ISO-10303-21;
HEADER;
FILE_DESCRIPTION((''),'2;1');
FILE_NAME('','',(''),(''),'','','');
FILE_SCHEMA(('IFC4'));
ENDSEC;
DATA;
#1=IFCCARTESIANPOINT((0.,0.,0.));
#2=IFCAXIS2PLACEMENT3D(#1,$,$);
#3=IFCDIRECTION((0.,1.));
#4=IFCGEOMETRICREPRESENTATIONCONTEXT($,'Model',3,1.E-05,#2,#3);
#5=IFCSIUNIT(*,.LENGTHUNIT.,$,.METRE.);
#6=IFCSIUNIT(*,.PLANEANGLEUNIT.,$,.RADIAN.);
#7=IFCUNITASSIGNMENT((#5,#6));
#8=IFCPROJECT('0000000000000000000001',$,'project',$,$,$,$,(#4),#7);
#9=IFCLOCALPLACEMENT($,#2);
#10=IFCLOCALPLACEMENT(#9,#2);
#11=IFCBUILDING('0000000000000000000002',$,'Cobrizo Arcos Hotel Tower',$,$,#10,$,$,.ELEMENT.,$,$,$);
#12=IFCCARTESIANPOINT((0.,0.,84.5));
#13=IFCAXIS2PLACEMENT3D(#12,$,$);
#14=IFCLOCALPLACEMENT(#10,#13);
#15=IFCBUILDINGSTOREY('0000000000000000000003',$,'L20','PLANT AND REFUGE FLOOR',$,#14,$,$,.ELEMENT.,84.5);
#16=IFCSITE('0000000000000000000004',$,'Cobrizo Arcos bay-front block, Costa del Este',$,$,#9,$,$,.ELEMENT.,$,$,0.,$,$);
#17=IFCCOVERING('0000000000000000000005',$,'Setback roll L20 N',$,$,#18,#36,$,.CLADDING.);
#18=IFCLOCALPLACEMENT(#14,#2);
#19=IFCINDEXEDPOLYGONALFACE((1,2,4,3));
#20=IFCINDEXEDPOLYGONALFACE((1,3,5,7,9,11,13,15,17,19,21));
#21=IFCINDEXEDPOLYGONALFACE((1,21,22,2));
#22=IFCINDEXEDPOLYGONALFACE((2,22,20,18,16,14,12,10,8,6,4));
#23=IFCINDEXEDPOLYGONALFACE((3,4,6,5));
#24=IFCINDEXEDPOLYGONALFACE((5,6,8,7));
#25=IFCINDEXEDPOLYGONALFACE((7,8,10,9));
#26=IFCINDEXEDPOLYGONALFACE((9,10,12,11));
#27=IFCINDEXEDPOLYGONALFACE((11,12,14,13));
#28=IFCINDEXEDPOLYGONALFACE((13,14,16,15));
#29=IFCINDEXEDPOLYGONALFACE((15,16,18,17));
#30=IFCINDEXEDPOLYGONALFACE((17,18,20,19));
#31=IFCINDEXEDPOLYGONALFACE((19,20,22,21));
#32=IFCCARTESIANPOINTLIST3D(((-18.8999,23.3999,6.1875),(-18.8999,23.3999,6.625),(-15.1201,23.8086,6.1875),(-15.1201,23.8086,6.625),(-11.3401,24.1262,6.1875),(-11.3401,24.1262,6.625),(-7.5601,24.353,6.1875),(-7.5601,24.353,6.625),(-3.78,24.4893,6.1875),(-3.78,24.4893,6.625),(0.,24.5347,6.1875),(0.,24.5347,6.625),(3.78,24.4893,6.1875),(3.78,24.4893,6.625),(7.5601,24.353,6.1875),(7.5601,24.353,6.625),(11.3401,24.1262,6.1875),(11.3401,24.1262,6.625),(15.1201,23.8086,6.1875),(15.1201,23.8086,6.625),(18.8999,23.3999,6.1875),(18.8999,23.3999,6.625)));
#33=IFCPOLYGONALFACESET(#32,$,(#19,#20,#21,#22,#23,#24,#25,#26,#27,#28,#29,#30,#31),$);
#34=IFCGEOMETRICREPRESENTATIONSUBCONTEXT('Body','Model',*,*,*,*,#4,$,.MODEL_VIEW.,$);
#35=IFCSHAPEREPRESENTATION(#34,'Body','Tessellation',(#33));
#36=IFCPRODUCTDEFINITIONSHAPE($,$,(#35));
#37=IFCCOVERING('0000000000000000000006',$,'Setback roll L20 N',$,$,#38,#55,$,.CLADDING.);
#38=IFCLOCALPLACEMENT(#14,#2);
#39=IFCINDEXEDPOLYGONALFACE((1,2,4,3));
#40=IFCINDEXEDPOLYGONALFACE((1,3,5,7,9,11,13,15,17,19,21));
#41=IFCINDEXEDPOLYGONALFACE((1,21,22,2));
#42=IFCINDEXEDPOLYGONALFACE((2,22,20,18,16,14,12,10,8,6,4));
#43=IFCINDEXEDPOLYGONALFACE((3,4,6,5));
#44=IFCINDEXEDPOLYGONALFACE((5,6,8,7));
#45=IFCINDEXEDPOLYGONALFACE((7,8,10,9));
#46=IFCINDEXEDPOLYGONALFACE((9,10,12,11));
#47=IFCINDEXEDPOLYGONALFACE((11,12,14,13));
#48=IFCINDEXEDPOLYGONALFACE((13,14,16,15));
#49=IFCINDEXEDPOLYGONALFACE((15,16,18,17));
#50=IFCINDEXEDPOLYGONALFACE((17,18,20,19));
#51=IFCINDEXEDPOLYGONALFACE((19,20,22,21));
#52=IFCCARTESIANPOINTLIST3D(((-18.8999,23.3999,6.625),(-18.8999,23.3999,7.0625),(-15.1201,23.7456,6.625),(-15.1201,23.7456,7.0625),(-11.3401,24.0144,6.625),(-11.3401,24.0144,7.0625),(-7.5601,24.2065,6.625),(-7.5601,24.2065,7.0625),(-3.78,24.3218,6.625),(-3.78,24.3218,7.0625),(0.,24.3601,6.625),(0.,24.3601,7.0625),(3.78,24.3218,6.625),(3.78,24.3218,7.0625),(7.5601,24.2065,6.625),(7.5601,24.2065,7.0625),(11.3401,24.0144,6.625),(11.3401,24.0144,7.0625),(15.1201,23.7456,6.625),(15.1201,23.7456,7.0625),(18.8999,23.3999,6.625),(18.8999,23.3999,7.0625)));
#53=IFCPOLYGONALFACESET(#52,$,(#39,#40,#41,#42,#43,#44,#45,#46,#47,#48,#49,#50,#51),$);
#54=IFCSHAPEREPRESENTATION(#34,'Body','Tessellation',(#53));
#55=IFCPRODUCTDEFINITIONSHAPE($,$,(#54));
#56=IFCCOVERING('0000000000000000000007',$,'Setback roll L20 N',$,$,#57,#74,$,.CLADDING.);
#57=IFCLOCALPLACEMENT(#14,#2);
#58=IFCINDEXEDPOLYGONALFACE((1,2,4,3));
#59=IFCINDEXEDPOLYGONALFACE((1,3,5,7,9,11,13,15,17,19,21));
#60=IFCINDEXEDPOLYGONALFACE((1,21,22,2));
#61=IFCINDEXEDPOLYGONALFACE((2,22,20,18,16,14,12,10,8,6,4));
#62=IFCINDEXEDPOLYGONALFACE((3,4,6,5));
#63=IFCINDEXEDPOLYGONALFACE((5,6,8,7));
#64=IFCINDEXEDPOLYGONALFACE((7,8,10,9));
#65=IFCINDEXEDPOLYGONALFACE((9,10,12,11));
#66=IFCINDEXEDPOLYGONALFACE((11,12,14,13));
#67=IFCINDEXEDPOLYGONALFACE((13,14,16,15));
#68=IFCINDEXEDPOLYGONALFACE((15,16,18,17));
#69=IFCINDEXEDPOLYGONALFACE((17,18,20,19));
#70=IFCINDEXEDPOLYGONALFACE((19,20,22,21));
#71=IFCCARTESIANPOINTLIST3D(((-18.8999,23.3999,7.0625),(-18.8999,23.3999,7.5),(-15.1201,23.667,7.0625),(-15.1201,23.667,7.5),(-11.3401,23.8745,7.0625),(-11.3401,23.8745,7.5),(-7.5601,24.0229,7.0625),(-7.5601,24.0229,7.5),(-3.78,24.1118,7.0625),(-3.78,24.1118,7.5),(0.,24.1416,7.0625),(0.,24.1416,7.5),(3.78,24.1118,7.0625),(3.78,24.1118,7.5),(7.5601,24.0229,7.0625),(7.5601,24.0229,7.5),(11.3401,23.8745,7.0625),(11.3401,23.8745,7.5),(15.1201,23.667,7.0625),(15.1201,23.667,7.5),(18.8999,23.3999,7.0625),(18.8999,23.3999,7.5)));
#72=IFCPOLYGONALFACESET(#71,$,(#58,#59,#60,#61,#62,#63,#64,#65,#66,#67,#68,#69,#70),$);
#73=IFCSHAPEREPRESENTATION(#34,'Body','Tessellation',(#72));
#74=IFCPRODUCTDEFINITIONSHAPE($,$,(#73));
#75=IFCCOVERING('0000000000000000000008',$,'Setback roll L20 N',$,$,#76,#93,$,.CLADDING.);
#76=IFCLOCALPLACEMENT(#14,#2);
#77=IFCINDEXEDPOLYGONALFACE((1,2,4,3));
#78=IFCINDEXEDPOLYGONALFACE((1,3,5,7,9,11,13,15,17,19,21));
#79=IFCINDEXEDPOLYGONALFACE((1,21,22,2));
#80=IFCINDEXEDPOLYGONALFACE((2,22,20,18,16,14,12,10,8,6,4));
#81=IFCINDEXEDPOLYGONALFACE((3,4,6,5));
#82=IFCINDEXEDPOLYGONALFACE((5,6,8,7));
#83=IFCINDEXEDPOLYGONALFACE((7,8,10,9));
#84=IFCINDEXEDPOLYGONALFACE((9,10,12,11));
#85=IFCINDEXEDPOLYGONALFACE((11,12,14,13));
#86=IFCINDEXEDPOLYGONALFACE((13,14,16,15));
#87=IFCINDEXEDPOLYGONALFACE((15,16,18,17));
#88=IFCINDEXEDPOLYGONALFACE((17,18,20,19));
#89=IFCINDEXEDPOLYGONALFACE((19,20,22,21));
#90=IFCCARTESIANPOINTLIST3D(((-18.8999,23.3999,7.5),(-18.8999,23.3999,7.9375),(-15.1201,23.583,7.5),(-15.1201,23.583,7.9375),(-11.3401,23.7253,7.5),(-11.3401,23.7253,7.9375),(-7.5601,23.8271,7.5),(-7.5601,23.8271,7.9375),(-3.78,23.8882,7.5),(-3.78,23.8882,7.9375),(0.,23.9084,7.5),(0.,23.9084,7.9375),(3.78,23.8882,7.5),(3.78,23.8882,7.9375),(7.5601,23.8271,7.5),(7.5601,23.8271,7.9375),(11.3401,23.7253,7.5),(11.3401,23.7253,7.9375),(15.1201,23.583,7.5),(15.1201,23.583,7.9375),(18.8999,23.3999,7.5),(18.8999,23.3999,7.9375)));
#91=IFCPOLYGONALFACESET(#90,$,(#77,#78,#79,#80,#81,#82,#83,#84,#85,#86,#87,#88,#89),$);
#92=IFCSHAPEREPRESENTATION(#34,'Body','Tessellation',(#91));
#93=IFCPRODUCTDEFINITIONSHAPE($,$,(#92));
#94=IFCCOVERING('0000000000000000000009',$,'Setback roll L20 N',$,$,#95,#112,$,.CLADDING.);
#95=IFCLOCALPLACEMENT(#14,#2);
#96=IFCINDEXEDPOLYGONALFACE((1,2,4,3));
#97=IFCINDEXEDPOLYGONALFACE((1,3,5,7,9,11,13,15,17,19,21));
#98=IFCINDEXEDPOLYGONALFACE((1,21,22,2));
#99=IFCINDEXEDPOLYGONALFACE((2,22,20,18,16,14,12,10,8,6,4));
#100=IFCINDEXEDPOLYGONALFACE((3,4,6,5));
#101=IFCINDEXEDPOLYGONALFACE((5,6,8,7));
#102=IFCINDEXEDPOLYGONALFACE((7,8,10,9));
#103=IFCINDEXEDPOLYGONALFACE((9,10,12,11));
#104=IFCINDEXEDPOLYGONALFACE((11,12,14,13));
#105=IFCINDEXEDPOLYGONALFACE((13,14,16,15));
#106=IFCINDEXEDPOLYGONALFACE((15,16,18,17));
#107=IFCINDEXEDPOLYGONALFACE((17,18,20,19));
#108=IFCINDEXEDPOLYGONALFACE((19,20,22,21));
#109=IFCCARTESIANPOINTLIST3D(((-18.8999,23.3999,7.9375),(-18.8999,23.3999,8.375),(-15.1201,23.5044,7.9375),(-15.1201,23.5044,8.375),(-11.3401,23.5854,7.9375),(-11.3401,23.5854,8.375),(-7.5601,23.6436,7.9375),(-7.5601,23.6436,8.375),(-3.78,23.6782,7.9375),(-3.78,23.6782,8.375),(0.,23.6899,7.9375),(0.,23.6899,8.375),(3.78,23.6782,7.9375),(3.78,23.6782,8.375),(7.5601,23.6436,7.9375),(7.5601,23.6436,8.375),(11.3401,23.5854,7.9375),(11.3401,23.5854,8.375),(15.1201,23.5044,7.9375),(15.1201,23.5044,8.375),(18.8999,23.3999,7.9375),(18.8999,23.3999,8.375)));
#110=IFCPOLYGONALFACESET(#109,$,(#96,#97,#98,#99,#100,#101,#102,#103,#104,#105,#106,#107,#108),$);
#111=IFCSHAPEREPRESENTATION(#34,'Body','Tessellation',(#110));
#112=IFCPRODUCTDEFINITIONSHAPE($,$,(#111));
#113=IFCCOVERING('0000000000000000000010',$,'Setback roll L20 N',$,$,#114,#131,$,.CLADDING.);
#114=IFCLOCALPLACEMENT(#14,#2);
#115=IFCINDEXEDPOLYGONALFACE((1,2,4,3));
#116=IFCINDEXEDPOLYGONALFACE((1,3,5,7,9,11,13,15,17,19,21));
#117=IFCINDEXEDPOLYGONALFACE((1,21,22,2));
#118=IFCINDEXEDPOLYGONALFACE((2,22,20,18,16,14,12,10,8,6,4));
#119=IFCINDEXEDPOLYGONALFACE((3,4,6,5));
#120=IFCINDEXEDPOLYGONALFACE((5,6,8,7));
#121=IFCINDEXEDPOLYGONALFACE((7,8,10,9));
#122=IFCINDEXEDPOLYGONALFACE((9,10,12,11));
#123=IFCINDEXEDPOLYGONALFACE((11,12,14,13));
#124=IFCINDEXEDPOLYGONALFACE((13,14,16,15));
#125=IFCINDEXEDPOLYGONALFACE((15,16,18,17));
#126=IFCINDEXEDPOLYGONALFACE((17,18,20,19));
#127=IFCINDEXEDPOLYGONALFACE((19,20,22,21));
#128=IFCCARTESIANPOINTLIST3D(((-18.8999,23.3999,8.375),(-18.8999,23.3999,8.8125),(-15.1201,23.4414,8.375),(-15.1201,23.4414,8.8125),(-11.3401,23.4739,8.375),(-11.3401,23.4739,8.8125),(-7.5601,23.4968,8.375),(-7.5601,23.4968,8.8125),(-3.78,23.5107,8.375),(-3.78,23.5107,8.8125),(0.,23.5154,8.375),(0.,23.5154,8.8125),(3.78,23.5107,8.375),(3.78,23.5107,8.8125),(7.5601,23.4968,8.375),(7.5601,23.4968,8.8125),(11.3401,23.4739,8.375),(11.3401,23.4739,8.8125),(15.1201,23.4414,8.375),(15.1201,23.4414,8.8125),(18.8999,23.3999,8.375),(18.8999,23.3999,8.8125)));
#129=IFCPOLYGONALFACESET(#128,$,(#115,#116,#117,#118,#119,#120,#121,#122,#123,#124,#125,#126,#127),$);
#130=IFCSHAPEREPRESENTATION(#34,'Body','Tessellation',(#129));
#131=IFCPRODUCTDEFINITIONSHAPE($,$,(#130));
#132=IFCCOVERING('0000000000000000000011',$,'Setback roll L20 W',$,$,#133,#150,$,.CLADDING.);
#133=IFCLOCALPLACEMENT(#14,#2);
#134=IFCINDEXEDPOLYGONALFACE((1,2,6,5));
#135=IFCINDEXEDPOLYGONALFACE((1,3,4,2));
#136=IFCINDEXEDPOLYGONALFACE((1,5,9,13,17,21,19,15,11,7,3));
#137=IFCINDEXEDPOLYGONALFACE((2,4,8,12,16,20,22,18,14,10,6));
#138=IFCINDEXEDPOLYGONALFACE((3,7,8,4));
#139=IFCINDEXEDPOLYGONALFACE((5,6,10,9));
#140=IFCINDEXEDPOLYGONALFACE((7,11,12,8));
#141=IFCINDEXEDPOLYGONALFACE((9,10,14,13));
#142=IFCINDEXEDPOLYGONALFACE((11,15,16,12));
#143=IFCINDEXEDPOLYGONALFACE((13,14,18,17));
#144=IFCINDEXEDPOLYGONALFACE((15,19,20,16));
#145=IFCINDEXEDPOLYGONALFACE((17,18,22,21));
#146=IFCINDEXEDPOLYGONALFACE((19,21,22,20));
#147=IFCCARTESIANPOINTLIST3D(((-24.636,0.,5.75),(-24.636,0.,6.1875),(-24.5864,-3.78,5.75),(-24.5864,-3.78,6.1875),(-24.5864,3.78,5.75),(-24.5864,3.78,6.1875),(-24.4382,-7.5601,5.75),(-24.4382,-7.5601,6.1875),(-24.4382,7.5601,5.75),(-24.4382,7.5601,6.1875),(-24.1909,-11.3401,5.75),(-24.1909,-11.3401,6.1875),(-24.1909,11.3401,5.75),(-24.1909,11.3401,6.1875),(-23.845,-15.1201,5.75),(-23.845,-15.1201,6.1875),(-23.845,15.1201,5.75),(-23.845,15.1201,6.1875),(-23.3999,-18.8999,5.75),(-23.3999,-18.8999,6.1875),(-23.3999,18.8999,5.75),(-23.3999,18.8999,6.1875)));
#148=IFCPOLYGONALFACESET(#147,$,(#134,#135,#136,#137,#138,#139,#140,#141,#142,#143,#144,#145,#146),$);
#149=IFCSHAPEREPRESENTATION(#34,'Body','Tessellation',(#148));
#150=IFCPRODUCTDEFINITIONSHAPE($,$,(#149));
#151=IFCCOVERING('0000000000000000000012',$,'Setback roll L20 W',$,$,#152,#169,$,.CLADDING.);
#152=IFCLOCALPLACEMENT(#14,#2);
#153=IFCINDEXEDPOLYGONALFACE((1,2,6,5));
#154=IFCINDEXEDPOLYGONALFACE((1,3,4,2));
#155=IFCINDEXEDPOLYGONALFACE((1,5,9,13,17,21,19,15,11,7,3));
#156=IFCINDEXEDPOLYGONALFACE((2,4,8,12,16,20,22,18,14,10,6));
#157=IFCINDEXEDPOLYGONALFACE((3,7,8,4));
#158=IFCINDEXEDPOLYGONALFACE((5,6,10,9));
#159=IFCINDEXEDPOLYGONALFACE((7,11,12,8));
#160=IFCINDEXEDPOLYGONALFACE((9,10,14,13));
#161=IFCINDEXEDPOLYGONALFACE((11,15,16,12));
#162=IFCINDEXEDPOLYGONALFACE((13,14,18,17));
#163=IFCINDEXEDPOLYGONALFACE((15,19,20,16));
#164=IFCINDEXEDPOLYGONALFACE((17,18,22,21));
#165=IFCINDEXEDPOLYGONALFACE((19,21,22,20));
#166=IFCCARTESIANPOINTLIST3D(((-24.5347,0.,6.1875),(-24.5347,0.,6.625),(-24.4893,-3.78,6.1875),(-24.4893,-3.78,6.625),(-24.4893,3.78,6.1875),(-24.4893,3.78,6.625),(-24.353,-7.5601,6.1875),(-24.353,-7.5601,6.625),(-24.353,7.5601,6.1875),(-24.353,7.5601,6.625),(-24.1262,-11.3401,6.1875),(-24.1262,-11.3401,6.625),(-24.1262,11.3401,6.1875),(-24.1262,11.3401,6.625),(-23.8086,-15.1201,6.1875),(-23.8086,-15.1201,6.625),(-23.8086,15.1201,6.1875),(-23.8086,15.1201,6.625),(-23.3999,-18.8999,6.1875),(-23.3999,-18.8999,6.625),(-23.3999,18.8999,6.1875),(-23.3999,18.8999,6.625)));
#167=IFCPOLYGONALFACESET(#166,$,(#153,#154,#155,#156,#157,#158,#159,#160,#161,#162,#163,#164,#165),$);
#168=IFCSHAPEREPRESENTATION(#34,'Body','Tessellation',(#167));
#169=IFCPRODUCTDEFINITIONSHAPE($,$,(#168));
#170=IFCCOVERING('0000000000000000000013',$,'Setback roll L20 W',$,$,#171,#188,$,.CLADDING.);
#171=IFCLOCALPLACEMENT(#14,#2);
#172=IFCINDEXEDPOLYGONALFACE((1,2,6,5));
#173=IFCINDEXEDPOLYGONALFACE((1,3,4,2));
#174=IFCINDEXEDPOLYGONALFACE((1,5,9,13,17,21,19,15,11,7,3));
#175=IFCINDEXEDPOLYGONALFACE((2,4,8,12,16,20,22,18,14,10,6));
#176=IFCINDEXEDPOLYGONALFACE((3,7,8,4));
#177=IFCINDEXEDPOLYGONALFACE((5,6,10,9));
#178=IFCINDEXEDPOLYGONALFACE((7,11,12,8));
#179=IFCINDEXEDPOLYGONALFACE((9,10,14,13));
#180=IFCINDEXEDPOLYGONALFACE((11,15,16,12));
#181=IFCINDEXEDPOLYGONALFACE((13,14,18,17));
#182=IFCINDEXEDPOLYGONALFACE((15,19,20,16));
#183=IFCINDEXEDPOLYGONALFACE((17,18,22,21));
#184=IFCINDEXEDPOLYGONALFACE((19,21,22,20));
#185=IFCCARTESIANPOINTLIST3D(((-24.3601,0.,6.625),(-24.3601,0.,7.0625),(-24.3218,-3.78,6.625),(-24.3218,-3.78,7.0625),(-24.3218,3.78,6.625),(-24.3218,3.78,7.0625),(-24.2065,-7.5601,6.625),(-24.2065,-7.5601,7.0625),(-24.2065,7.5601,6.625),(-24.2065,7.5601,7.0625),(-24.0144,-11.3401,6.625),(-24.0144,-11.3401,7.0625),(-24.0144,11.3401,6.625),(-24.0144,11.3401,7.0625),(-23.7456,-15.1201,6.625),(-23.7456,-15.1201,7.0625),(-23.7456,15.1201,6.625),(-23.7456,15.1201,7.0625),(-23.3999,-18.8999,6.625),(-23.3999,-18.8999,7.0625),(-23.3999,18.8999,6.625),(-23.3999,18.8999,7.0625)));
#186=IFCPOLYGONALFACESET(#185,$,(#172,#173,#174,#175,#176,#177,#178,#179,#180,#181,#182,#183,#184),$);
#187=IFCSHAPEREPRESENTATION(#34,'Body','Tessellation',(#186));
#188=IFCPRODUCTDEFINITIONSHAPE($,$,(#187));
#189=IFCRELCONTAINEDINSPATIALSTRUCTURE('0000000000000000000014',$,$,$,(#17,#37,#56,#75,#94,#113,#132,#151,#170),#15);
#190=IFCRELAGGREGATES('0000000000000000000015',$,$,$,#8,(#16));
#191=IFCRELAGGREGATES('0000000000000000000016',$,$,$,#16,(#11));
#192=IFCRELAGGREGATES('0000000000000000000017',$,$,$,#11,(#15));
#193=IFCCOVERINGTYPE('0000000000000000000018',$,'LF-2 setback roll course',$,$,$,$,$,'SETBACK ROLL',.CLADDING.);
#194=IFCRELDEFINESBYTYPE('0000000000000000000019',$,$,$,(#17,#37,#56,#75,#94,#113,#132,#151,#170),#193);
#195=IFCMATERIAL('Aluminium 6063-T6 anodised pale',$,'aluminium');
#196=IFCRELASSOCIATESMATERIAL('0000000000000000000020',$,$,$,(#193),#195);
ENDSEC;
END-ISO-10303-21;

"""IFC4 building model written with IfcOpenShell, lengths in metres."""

from ifc_helpers import new_model, si_unit, direction, frame, origin, place, context, subcontext, project, spatial, polyline, outline, extrude, material, type_object, element, save


model = new_model("IFC4")

# Units and contexts
model_context = context("Model", 3, precision=1e-05, world=origin(), true_north=direction((0.0, 1.0)))
body_context = subcontext(model_context, "Body", "Model", "MODEL_VIEW")
ifc_project = project(units=[si_unit("LENGTHUNIT", "METRE"), si_unit("PLANEANGLEUNIT", "RADIAN")], contexts=[model_context])

# Site, building, storey
site_placement = place(None, origin())
site = spatial("IfcSite", under=ifc_project, at=site_placement, Name="Cobrizo Arcos bay-front block, Costa del Este", CompositionType="ELEMENT", RefElevation=0.0)
building_placement = place(site_placement, origin())
building = spatial("IfcBuilding", under=site, at=building_placement, Name="Cobrizo Arcos Hotel Tower", CompositionType="ELEMENT")
storey_placement = place(building_placement, frame((0.0, 0.0, 84.5)))
storey = spatial("IfcBuildingStorey", under=building, at=storey_placement, Name="L20", Description="PLANT AND REFUGE FLOOR", CompositionType="ELEMENT", Elevation=84.5)

# Coverings
ifc_material_1 = material(Name="Aluminium 6063-T6 anodised pale", Category="aluminium")
covering_type = type_object("IfcCoveringType", Name="LF-2 setback roll course", ElementType="SETBACK ROLL", PredefinedType="CLADDING", material=ifc_material_1)
covering_1_placement = place(storey_placement, frame((0.0, 0.0, 6.1875)))
element("IfcCovering", 1, at=covering_1_placement, inside=storey, type_object=covering_type, Name="Setback roll L20 N", PredefinedType="CLADDING", context=body_context, shape_type="SweptSolid", body=[
    extrude(outline(polyline([(18.8999, 23.3999), (15.1201, 23.8086), (11.3401, 24.1262), (7.5601, 24.353), (3.78, 24.4893), (0.0, 24.5347), (-3.78, 24.4893), (-7.5601, 24.353), (-11.3401, 24.1262), (-15.1201, 23.8086), (-18.8999, 23.3999), (-18.8999, 23.3999), (18.8999, 23.3999)])), origin(), (0.0, 0.0, 1.0), 0.4375),
])
covering_2_placement = place(storey_placement, frame((0.0, 0.0, 6.625)))
element("IfcCovering", 2, at=covering_2_placement, inside=storey, type_object=covering_type, Name="Setback roll L20 N", PredefinedType="CLADDING", context=body_context, shape_type="SweptSolid", body=[
    extrude(outline(polyline([(18.8999, 23.3999), (15.1201, 23.7456), (11.3401, 24.0144), (7.5601, 24.2065), (3.78, 24.3218), (0.0, 24.3601), (-3.78, 24.3218), (-7.5601, 24.2065), (-11.3401, 24.0144), (-15.1201, 23.7456), (-18.8999, 23.3999), (-18.8999, 23.3999), (18.8999, 23.3999)])), origin(), (0.0, 0.0, 1.0), 0.4375),
])
covering_3_placement = place(storey_placement, frame((0.0, 0.0, 7.0625)))
element("IfcCovering", 3, at=covering_3_placement, inside=storey, type_object=covering_type, Name="Setback roll L20 N", PredefinedType="CLADDING", context=body_context, shape_type="SweptSolid", body=[
    extrude(outline(polyline([(18.8999, 23.3999), (15.1201, 23.667), (11.3401, 23.8745), (7.5601, 24.0229), (3.78, 24.1118), (0.0, 24.1416), (-3.78, 24.1118), (-7.5601, 24.0229), (-11.3401, 23.8745), (-15.1201, 23.667), (-18.8999, 23.3999), (-18.8999, 23.3999), (18.8999, 23.3999)])), origin(), (0.0, 0.0, 1.0), 0.4375),
])
covering_4_placement = place(storey_placement, frame((0.0, 0.0, 7.5)))
element("IfcCovering", 4, at=covering_4_placement, inside=storey, type_object=covering_type, Name="Setback roll L20 N", PredefinedType="CLADDING", context=body_context, shape_type="SweptSolid", body=[
    extrude(outline(polyline([(18.8999, 23.3999), (15.1201, 23.583), (11.3401, 23.7253), (7.5601, 23.8271), (3.78, 23.8882), (0.0, 23.9084), (-3.78, 23.8882), (-7.5601, 23.8271), (-11.3401, 23.7253), (-15.1201, 23.583), (-18.8999, 23.3999), (-18.8999, 23.3999), (18.8999, 23.3999)])), origin(), (0.0, 0.0, 1.0), 0.4375),
])
covering_5_placement = place(storey_placement, frame((0.0, 0.0, 7.9375)))
element("IfcCovering", 5, at=covering_5_placement, inside=storey, type_object=covering_type, Name="Setback roll L20 N", PredefinedType="CLADDING", context=body_context, shape_type="SweptSolid", body=[
    extrude(outline(polyline([(18.8999, 23.3999), (15.1201, 23.5044), (11.3401, 23.5854), (7.5601, 23.6436), (3.78, 23.6782), (0.0, 23.6899), (-3.78, 23.6782), (-7.5601, 23.6436), (-11.3401, 23.5854), (-15.1201, 23.5044), (-18.8999, 23.3999), (-18.8999, 23.3999), (18.8999, 23.3999)])), origin(), (0.0, 0.0, 1.0), 0.4375),
])
covering_6_placement = place(storey_placement, frame((0.0, 0.0, 8.375)))
element("IfcCovering", 6, at=covering_6_placement, inside=storey, type_object=covering_type, Name="Setback roll L20 N", PredefinedType="CLADDING", context=body_context, shape_type="SweptSolid", body=[
    extrude(outline(polyline([(18.8999, 23.3999), (15.1201, 23.4414), (11.3401, 23.4739), (7.5601, 23.4968), (3.78, 23.5107), (0.0, 23.5154), (-3.78, 23.5107), (-7.5601, 23.4968), (-11.3401, 23.4739), (-15.1201, 23.4414), (-18.8999, 23.3999), (-18.8999, 23.3999), (18.8999, 23.3999)])), origin(), (0.0, 0.0, 1.0), 0.4375),
])
covering_7_placement = place(storey_placement, frame((0.0, 0.0, 5.75)))
element("IfcCovering", 7, at=covering_7_placement, inside=storey, type_object=covering_type, Name="Setback roll L20 W", PredefinedType="CLADDING", context=body_context, shape_type="SweptSolid", body=[
    extrude(outline(polyline([(-23.3999, 18.8999), (-23.845, 15.1201), (-24.1909, 11.3401), (-24.4382, 7.5601), (-24.5864, 3.78), (-24.636, 0.0), (-24.5864, -3.78), (-24.4382, -7.5601), (-24.1909, -11.3401), (-23.845, -15.1201), (-23.3999, -18.8999), (-23.3999, -18.8999), (-23.3999, 18.8999)])), origin(), (0.0, 0.0, 1.0), 0.4375),
])
covering_8_placement = place(storey_placement, frame((0.0, 0.0, 6.1875)))
element("IfcCovering", 8, at=covering_8_placement, inside=storey, type_object=covering_type, Name="Setback roll L20 W", PredefinedType="CLADDING", context=body_context, shape_type="SweptSolid", body=[
    extrude(outline(polyline([(-23.3999, 18.8999), (-23.8086, 15.1201), (-24.1262, 11.3401), (-24.353, 7.5601), (-24.4893, 3.78), (-24.5347, 0.0), (-24.4893, -3.78), (-24.353, -7.5601), (-24.1262, -11.3401), (-23.8086, -15.1201), (-23.3999, -18.8999), (-23.3999, -18.8999), (-23.3999, 18.8999)])), origin(), (0.0, 0.0, 1.0), 0.4375),
])
covering_9_placement = place(storey_placement, frame((0.0, 0.0, 6.625)))
element("IfcCovering", 9, at=covering_9_placement, inside=storey, type_object=covering_type, Name="Setback roll L20 W", PredefinedType="CLADDING", context=body_context, shape_type="SweptSolid", body=[
    extrude(outline(polyline([(-23.3999, 18.8999), (-23.7456, 15.1201), (-24.0144, 11.3401), (-24.2065, 7.5601), (-24.3218, 3.78), (-24.3601, 0.0), (-24.3218, -3.78), (-24.2065, -7.5601), (-24.0144, -11.3401), (-23.7456, -15.1201), (-23.3999, -18.8999), (-23.3999, -18.8999), (-23.3999, 18.8999)])), origin(), (0.0, 0.0, 1.0), 0.4375),
])

save(model, "model.ifc")
